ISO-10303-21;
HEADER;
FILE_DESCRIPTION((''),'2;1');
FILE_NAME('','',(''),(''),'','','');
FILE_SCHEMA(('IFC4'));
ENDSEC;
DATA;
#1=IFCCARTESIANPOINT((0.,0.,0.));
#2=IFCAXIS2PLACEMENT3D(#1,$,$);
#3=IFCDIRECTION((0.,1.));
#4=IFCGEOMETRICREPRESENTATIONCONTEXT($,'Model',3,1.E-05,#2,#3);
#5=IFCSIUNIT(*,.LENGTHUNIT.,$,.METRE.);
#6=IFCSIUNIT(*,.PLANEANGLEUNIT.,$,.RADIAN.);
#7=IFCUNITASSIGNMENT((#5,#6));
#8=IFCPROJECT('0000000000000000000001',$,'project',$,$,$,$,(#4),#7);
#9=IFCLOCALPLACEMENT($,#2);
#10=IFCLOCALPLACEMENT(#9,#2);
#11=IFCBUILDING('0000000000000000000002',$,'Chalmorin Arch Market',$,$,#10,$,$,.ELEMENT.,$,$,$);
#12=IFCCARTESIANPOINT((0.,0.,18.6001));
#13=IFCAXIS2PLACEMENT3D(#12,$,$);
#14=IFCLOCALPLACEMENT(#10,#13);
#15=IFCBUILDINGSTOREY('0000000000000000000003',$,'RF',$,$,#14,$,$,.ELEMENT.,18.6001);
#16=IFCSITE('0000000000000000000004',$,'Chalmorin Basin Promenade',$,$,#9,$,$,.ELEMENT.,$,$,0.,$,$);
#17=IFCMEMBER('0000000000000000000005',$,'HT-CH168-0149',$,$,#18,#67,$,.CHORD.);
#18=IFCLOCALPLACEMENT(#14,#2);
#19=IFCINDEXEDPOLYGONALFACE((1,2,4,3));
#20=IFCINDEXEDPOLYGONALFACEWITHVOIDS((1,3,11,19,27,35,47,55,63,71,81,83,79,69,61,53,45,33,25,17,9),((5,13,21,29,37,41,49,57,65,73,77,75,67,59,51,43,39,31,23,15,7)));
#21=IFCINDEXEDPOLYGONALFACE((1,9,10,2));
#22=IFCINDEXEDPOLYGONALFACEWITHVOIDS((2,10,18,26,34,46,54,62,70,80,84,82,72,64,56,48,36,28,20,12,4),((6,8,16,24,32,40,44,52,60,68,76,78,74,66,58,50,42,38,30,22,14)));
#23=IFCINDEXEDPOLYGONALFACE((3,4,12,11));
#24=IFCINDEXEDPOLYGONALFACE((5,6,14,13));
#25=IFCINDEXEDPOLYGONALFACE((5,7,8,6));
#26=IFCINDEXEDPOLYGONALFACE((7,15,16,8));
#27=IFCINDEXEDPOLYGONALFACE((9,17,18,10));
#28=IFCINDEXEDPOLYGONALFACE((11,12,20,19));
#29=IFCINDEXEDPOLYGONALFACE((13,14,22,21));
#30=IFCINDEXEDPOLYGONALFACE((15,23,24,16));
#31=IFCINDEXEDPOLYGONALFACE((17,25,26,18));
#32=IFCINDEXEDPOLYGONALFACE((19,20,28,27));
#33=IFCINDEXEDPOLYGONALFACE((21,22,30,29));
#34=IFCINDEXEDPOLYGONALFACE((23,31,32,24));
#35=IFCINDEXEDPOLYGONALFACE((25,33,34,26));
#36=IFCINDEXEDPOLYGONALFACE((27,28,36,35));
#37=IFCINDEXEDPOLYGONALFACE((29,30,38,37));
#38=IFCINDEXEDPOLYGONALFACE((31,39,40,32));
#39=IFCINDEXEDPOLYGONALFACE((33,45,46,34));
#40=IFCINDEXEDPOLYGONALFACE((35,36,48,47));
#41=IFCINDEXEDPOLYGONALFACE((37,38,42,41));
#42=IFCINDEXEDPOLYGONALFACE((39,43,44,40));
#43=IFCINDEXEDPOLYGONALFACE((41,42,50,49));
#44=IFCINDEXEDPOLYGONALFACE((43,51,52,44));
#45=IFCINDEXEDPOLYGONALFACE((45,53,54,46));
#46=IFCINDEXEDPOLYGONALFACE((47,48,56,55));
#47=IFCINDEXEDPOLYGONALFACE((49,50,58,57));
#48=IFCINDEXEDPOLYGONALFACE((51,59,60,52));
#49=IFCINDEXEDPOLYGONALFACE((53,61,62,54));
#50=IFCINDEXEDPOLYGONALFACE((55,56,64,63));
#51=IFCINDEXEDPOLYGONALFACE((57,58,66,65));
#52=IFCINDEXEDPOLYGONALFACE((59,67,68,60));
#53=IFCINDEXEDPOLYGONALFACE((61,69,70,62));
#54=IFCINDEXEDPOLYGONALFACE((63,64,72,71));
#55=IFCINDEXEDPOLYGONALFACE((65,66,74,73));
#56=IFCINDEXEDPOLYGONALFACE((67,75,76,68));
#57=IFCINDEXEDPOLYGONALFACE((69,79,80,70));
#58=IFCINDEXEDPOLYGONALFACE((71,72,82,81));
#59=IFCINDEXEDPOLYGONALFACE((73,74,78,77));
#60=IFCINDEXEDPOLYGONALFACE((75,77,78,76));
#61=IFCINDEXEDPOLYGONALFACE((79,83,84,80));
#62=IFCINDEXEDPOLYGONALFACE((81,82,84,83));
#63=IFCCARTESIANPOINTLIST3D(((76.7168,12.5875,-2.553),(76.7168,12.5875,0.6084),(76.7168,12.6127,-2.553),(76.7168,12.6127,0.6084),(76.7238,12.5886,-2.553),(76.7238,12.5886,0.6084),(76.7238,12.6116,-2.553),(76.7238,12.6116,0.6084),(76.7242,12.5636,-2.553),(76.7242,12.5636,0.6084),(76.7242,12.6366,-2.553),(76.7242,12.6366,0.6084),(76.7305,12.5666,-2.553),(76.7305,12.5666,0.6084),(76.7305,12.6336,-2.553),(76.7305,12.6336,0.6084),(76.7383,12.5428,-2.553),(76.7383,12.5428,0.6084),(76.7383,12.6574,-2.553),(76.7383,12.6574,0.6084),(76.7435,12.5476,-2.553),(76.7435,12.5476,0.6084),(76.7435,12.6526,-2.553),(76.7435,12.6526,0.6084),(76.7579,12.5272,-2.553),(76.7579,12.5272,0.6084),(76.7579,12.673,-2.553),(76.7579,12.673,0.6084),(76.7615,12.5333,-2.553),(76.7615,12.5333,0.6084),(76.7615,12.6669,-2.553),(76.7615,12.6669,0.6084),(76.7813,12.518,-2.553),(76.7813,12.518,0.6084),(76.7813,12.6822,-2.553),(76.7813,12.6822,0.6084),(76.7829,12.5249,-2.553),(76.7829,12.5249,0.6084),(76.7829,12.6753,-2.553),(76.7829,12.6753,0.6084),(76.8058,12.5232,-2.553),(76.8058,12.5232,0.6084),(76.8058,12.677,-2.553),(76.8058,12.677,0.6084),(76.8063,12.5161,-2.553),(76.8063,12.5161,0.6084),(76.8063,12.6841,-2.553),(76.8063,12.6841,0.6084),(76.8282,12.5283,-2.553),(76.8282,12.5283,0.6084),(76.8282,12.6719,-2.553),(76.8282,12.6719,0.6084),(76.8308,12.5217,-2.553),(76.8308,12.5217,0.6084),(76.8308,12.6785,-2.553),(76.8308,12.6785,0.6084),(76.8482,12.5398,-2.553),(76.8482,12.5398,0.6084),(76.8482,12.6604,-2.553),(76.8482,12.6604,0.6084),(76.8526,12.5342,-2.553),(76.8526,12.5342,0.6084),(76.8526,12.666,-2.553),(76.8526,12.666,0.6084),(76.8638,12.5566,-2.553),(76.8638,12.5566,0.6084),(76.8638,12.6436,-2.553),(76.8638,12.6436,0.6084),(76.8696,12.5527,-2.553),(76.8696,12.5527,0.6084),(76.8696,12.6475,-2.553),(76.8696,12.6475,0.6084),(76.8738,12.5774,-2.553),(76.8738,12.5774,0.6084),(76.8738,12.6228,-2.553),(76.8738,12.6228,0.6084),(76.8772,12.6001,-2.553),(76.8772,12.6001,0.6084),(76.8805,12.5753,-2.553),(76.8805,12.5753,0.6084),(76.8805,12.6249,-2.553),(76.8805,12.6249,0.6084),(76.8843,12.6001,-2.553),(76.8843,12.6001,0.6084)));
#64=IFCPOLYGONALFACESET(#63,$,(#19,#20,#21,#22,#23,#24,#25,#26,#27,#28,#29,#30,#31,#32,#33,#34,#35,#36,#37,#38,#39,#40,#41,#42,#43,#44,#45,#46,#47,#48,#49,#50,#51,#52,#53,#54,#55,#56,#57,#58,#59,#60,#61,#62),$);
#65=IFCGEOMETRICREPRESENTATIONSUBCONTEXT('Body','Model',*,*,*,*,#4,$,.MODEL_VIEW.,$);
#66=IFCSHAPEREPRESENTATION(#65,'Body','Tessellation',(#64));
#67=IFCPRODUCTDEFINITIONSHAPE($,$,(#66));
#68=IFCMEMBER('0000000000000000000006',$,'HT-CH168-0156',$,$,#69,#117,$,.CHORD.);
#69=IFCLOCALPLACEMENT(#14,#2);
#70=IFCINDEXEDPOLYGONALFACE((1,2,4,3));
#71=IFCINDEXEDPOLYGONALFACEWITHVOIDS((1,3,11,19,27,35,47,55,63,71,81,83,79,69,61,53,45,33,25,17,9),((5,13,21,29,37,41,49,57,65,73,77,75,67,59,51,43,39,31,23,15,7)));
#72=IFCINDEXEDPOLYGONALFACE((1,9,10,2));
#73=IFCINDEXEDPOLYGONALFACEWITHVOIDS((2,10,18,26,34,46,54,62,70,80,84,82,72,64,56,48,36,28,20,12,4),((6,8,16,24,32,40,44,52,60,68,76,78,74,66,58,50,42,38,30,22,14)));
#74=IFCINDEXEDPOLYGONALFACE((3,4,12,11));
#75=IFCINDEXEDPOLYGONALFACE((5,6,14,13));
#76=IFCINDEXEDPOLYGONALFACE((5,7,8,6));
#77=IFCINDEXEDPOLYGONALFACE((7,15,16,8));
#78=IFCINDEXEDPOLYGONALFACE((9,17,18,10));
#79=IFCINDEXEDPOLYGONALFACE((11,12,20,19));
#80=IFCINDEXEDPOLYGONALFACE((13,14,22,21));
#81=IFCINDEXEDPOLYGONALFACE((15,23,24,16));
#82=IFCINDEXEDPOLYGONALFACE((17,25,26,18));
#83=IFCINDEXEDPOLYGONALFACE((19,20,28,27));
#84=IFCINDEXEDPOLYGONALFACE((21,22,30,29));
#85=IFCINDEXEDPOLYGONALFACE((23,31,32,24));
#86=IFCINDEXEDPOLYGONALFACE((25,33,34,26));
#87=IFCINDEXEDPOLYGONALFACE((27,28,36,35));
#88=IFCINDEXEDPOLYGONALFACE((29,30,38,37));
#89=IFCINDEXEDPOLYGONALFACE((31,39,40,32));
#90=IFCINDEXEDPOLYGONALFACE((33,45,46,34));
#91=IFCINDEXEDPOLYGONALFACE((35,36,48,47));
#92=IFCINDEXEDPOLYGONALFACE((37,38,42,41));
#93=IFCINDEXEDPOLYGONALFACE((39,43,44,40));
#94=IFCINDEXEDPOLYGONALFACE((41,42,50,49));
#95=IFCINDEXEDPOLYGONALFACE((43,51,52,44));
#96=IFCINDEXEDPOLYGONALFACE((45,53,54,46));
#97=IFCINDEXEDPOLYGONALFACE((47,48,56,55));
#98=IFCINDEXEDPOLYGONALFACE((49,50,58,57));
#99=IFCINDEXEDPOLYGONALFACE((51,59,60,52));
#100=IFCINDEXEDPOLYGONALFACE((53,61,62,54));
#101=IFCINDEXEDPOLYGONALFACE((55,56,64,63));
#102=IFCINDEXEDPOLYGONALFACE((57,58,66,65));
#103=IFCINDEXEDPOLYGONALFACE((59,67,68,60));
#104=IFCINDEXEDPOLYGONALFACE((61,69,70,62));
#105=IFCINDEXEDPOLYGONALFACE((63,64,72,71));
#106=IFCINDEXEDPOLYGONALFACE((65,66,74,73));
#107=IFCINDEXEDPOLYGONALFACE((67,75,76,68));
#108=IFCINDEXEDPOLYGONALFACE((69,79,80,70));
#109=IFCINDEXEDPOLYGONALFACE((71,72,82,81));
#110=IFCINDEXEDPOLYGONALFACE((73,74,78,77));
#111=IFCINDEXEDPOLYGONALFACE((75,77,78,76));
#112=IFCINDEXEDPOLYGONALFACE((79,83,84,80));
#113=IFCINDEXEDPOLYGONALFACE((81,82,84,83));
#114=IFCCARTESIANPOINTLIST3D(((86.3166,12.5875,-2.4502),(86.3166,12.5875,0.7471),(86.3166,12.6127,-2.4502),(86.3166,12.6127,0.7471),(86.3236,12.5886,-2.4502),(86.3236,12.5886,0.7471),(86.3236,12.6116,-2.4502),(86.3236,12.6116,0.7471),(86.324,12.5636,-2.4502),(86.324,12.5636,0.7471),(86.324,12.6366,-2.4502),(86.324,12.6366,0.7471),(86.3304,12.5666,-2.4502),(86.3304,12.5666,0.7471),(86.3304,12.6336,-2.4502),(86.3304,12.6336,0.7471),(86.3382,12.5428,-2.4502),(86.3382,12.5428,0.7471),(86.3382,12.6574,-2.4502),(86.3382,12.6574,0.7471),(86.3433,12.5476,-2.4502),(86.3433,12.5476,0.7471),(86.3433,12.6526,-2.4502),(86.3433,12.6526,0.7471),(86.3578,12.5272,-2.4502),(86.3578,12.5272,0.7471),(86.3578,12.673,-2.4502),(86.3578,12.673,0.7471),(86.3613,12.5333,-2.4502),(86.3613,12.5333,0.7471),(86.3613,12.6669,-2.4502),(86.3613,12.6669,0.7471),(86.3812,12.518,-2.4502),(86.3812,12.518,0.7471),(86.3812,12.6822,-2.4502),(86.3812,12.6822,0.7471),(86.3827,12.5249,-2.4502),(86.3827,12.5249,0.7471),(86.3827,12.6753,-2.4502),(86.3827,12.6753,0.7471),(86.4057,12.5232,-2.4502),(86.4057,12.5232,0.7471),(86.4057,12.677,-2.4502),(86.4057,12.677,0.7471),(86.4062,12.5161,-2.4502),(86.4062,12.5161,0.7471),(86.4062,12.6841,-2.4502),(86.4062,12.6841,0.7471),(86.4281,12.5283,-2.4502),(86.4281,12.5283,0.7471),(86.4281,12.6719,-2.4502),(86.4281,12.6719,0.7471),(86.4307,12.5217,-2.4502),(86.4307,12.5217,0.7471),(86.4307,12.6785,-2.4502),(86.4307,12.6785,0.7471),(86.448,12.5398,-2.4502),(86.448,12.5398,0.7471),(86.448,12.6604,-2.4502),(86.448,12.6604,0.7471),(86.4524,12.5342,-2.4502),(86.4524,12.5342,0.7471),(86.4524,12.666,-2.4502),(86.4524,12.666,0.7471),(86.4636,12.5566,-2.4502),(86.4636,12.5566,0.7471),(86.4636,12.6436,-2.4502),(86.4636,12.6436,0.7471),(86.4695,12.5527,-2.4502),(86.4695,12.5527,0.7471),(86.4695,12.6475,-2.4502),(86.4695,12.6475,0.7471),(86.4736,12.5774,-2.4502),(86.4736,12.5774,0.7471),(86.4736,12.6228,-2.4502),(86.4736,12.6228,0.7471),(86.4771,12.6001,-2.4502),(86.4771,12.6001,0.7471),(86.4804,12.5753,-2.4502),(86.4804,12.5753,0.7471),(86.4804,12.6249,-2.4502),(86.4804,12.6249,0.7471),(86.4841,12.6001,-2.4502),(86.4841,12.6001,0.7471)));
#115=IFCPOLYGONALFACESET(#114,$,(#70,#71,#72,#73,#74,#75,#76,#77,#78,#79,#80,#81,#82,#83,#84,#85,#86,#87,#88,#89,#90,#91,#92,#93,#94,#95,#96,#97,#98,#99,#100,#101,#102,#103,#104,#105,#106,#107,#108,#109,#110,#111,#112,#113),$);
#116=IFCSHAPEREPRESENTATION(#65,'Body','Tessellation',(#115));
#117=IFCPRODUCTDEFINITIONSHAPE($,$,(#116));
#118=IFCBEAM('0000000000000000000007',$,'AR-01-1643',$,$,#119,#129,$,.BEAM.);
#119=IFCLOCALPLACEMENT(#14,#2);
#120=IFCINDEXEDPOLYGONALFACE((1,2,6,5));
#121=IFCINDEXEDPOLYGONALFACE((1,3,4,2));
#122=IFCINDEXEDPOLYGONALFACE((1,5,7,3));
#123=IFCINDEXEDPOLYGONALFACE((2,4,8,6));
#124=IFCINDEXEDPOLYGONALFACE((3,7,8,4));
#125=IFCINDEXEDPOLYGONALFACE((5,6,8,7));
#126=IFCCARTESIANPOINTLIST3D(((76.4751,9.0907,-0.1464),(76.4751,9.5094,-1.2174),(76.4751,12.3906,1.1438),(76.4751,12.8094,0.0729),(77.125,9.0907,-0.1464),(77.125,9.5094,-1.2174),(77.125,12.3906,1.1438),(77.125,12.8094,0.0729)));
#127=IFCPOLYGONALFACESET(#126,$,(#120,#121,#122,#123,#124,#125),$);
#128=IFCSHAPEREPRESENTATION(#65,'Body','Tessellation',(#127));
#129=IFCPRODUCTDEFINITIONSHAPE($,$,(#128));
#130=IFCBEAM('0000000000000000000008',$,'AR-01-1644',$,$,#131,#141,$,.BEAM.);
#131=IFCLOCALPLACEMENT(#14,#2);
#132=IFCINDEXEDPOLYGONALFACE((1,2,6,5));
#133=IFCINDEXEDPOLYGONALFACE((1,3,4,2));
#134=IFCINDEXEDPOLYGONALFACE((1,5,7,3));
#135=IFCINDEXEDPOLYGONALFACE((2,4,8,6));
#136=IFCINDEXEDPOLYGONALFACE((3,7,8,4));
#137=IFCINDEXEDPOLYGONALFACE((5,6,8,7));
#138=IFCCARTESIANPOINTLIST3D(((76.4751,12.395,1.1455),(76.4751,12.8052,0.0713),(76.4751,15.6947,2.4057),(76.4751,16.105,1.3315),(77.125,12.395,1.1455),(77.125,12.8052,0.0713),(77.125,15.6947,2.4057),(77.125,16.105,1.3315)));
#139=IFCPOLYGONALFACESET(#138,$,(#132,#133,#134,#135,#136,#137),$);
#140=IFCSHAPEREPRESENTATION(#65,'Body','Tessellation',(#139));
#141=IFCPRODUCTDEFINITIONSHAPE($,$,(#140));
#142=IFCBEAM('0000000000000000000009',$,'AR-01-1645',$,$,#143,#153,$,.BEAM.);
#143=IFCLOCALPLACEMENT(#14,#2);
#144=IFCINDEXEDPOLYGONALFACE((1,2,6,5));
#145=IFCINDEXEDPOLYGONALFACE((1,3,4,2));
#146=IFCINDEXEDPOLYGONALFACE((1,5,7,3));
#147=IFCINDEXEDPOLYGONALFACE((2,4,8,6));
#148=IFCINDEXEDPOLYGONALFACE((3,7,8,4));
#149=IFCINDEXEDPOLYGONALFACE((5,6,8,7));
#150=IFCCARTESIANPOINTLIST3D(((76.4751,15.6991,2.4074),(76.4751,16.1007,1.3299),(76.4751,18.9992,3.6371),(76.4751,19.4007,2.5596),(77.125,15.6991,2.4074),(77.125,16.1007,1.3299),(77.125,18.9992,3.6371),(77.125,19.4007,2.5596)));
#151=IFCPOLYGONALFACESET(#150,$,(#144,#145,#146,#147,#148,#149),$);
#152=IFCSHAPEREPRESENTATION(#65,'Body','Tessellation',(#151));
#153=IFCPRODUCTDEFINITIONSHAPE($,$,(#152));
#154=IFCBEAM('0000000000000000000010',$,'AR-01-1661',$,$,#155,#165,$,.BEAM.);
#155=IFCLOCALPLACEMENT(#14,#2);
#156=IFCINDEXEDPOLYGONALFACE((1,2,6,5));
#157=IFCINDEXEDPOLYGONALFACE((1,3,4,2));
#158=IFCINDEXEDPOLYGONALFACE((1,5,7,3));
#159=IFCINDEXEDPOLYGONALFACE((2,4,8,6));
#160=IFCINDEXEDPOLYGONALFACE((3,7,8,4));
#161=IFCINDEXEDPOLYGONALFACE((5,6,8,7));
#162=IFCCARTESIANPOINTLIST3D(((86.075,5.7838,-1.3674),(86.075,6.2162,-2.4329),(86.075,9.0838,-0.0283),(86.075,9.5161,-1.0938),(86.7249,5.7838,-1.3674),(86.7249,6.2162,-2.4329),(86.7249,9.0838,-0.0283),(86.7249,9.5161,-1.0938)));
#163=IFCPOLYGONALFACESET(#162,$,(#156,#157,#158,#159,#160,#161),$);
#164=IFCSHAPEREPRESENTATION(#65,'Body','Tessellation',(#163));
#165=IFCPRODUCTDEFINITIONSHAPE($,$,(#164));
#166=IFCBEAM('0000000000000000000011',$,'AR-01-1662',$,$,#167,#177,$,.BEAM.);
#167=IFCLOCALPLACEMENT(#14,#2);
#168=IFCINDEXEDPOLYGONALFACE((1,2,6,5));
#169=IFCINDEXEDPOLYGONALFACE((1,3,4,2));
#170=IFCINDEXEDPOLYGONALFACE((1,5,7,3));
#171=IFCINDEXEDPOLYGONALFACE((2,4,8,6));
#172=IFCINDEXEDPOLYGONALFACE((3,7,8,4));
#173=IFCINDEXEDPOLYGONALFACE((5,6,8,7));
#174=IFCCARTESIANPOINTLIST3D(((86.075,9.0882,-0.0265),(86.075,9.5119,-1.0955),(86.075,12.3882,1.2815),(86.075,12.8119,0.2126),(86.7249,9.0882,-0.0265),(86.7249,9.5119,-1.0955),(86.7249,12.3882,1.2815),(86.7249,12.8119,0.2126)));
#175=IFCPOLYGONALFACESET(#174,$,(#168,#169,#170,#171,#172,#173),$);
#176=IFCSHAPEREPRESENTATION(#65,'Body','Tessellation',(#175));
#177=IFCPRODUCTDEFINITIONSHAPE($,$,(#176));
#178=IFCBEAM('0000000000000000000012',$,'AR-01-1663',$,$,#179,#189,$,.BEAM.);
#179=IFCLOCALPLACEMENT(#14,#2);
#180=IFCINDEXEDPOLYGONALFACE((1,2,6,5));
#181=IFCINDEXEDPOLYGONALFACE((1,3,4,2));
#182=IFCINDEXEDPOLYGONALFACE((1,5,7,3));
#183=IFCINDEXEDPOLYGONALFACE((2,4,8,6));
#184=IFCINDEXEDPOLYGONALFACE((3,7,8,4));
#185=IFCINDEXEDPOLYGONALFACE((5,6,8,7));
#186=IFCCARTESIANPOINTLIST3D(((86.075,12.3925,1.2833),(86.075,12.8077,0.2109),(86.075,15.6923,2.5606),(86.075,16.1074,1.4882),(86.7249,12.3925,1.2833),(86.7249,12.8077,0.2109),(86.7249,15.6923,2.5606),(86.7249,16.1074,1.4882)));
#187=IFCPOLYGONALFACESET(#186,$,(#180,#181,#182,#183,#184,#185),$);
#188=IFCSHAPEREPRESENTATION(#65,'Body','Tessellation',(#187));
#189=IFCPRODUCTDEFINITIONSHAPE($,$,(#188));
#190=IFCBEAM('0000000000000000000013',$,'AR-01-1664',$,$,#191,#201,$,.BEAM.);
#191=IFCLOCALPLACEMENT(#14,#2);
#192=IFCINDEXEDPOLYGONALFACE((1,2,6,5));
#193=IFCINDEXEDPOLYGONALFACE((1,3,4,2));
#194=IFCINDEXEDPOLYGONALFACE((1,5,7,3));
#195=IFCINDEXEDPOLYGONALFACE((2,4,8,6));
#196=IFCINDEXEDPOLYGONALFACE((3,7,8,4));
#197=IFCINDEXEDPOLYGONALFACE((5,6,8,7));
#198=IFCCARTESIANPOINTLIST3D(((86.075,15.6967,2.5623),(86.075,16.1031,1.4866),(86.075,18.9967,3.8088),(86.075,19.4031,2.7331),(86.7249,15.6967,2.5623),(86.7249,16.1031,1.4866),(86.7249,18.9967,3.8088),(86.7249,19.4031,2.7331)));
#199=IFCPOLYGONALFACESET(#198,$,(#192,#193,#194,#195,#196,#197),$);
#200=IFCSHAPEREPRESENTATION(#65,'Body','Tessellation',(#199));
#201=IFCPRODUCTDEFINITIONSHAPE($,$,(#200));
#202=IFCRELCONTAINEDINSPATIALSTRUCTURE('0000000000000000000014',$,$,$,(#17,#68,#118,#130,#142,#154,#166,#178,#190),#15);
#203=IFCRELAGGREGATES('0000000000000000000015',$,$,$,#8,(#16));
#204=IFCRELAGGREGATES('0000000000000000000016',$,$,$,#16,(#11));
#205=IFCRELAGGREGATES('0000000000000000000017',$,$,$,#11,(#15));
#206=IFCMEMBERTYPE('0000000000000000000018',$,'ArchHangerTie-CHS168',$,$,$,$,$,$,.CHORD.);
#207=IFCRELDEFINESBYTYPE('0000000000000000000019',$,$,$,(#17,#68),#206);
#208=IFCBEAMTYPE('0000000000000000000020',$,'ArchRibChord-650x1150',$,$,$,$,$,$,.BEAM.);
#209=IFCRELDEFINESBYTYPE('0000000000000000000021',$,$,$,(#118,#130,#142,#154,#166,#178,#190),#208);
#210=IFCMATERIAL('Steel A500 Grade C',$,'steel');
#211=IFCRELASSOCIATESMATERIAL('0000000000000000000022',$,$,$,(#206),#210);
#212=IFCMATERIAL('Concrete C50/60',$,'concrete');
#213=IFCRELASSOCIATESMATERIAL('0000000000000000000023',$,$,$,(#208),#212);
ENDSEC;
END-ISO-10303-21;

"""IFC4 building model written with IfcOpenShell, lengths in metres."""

from ifc_helpers import new_model, si_unit, direction, frame, origin, origin_2d, place, context, subcontext, project, spatial, rectangle, hollow_circle, extrude, material, material_profile, profile_set, type_object, element, save


model = new_model("IFC4")

# Units and contexts
model_context = context("Model", 3, precision=1e-05, world=origin(), true_north=direction((0.0, 1.0)))
body_context = subcontext(model_context, "Body", "Model", "MODEL_VIEW")
ifc_project = project(units=[si_unit("LENGTHUNIT", "METRE"), si_unit("PLANEANGLEUNIT", "RADIAN")], contexts=[model_context])

# Site, building, storey
site_placement = place(None, origin())
site = spatial("IfcSite", under=ifc_project, at=site_placement, Name="Chalmorin Basin Promenade", CompositionType="ELEMENT", RefElevation=0.0)
building_placement = place(site_placement, origin())
building = spatial("IfcBuilding", under=site, at=building_placement, Name="Chalmorin Arch Market", CompositionType="ELEMENT")
storey_placement = place(building_placement, frame((0.0, 0.0, 18.6001)))
storey = spatial("IfcBuildingStorey", under=building, at=storey_placement, Name="RF", CompositionType="ELEMENT", Elevation=18.6001)

# Members
ifc_material_1 = material(Name="Steel A500 Grade C", Category="steel")
ifc_material_profile_1 = material_profile(ifc_material_1, hollow_circle(Radius=0.0842, WallThickness=0.0071, at=origin_2d()), Name="CHS168X7")
ifc_profile_set_1 = profile_set([ifc_material_profile_1], Name="Steel A500 Grade C")
member_type_1 = type_object("IfcMemberType", Name="ArchHangerTie-CHS168", PredefinedType="CHORD", material=ifc_profile_set_1)
member_1_placement = place(storey_placement, frame((76.8, 12.6001, -2.553), z_axis=(0.0, 0.0, 1.0), x_axis=(1.0, 0.0, 0.0)))
element("IfcMember", 1, at=member_1_placement, inside=storey, type_object=member_type_1, Name="HT-CH168-0149", PredefinedType="CHORD", context=body_context, shape_type="SweptSolid", body=[
    extrude(hollow_circle(Radius=0.0842, WallThickness=0.0071, at=origin_2d()), origin(), (0.0, 0.0, 1.0), 3.1614),
])
member_2_placement = place(storey_placement, frame((86.3999, 12.6001, -2.4502), z_axis=(0.0, 0.0, 1.0), x_axis=(1.0, 0.0, 0.0)))
element("IfcMember", 2, at=member_2_placement, inside=storey, type_object=member_type_1, Name="HT-CH168-0156", PredefinedType="CHORD", context=body_context, shape_type="SweptSolid", body=[
    extrude(hollow_circle(Radius=0.0842, WallThickness=0.0071, at=origin_2d()), origin(), (0.0, 0.0, 1.0), 3.1973),
])

# Beams
ifc_material_2 = material(Name="Concrete C50/60", Category="concrete")
ifc_material_profile_2 = material_profile(ifc_material_2, rectangle(XDim=0.6499, YDim=1.1499, at=origin_2d()), Name="RC650X1150")
ifc_profile_set_2 = profile_set([ifc_material_profile_2], Name="Concrete C50/60")
beam_type = type_object("IfcBeamType", Name="ArchRibChord-650x1150", PredefinedType="BEAM", material=ifc_profile_set_2)
beam_1_placement = place(storey_placement, frame((76.8, 9.3, -0.6819), z_axis=(0.0, 0.931342, 0.364145), x_axis=(-1.0, 0.0, 0.0)))
element("IfcBeam", 3, at=beam_1_placement, inside=storey, type_object=beam_type, Name="AR-01-1643", PredefinedType="BEAM", context=body_context, shape_type="SweptSolid", body=[
    extrude(rectangle(XDim=0.6499, YDim=1.1499, at=origin_2d()), origin(), (0.0, 0.0, 1.0), 3.5432),
])
beam_2_placement = place(storey_placement, frame((76.8, 12.6001, 0.6084), z_axis=(0.0, 0.934187, 0.356783), x_axis=(-1.0, 0.0, 0.0)))
element("IfcBeam", 4, at=beam_2_placement, inside=storey, type_object=beam_type, Name="AR-01-1644", PredefinedType="BEAM", context=body_context, shape_type="SweptSolid", body=[
    extrude(rectangle(XDim=0.6499, YDim=1.1499, at=origin_2d()), origin(), (0.0, 0.0, 1.0), 3.5322),
])
beam_3_placement = place(storey_placement, frame((76.8, 15.8999, 1.8687), z_axis=(0.0, 0.937054, 0.349185), x_axis=(-1.0, 0.0, 0.0)))
element("IfcBeam", 5, at=beam_3_placement, inside=storey, type_object=beam_type, Name="AR-01-1645", PredefinedType="BEAM", context=body_context, shape_type="SweptSolid", body=[
    extrude(rectangle(XDim=0.6499, YDim=1.1499, at=origin_2d()), origin(), (0.0, 0.0, 1.0), 3.5217),
])
beam_4_placement = place(storey_placement, frame((86.3999, 6.0, -1.9001), z_axis=(0.0, 0.926617, 0.376007), x_axis=(-1.0, 0.0, 0.0)))
element("IfcBeam", 6, at=beam_4_placement, inside=storey, type_object=beam_type, Name="AR-01-1661", PredefinedType="BEAM", context=body_context, shape_type="SweptSolid", body=[
    extrude(rectangle(XDim=0.6499, YDim=1.1499, at=origin_2d()), origin(), (0.0, 0.0, 1.0), 3.5613),
])
beam_5_placement = place(storey_placement, frame((86.3999, 9.3, -0.561), z_axis=(0.0, 0.929629, 0.368496), x_axis=(-1.0, 0.0, 0.0)))
element("IfcBeam", 7, at=beam_5_placement, inside=storey, type_object=beam_type, Name="AR-01-1662", PredefinedType="BEAM", context=body_context, shape_type="SweptSolid", body=[
    extrude(rectangle(XDim=0.6499, YDim=1.1499, at=origin_2d()), origin(), (0.0, 0.0, 1.0), 3.5498),
])
beam_6_placement = place(storey_placement, frame((86.3999, 12.6001, 0.7471), z_axis=(0.0, 0.932568, 0.360994), x_axis=(-1.0, 0.0, 0.0)))
element("IfcBeam", 8, at=beam_6_placement, inside=storey, type_object=beam_type, Name="AR-01-1663", PredefinedType="BEAM", context=body_context, shape_type="SweptSolid", body=[
    extrude(rectangle(XDim=0.6499, YDim=1.1499, at=origin_2d()), origin(), (0.0, 0.0, 1.0), 3.5383),
])
beam_7_placement = place(storey_placement, frame((86.3999, 15.8999, 2.0244), z_axis=(0.0, 0.935482, 0.353375), x_axis=(-1.0, 0.0, 0.0)))
element("IfcBeam", 9, at=beam_7_placement, inside=storey, type_object=beam_type, Name="AR-01-1664", PredefinedType="BEAM", context=body_context, shape_type="SweptSolid", body=[
    extrude(rectangle(XDim=0.6499, YDim=1.1499, at=origin_2d()), origin(), (0.0, 0.0, 1.0), 3.5276),
])

save(model, "model.ifc")
